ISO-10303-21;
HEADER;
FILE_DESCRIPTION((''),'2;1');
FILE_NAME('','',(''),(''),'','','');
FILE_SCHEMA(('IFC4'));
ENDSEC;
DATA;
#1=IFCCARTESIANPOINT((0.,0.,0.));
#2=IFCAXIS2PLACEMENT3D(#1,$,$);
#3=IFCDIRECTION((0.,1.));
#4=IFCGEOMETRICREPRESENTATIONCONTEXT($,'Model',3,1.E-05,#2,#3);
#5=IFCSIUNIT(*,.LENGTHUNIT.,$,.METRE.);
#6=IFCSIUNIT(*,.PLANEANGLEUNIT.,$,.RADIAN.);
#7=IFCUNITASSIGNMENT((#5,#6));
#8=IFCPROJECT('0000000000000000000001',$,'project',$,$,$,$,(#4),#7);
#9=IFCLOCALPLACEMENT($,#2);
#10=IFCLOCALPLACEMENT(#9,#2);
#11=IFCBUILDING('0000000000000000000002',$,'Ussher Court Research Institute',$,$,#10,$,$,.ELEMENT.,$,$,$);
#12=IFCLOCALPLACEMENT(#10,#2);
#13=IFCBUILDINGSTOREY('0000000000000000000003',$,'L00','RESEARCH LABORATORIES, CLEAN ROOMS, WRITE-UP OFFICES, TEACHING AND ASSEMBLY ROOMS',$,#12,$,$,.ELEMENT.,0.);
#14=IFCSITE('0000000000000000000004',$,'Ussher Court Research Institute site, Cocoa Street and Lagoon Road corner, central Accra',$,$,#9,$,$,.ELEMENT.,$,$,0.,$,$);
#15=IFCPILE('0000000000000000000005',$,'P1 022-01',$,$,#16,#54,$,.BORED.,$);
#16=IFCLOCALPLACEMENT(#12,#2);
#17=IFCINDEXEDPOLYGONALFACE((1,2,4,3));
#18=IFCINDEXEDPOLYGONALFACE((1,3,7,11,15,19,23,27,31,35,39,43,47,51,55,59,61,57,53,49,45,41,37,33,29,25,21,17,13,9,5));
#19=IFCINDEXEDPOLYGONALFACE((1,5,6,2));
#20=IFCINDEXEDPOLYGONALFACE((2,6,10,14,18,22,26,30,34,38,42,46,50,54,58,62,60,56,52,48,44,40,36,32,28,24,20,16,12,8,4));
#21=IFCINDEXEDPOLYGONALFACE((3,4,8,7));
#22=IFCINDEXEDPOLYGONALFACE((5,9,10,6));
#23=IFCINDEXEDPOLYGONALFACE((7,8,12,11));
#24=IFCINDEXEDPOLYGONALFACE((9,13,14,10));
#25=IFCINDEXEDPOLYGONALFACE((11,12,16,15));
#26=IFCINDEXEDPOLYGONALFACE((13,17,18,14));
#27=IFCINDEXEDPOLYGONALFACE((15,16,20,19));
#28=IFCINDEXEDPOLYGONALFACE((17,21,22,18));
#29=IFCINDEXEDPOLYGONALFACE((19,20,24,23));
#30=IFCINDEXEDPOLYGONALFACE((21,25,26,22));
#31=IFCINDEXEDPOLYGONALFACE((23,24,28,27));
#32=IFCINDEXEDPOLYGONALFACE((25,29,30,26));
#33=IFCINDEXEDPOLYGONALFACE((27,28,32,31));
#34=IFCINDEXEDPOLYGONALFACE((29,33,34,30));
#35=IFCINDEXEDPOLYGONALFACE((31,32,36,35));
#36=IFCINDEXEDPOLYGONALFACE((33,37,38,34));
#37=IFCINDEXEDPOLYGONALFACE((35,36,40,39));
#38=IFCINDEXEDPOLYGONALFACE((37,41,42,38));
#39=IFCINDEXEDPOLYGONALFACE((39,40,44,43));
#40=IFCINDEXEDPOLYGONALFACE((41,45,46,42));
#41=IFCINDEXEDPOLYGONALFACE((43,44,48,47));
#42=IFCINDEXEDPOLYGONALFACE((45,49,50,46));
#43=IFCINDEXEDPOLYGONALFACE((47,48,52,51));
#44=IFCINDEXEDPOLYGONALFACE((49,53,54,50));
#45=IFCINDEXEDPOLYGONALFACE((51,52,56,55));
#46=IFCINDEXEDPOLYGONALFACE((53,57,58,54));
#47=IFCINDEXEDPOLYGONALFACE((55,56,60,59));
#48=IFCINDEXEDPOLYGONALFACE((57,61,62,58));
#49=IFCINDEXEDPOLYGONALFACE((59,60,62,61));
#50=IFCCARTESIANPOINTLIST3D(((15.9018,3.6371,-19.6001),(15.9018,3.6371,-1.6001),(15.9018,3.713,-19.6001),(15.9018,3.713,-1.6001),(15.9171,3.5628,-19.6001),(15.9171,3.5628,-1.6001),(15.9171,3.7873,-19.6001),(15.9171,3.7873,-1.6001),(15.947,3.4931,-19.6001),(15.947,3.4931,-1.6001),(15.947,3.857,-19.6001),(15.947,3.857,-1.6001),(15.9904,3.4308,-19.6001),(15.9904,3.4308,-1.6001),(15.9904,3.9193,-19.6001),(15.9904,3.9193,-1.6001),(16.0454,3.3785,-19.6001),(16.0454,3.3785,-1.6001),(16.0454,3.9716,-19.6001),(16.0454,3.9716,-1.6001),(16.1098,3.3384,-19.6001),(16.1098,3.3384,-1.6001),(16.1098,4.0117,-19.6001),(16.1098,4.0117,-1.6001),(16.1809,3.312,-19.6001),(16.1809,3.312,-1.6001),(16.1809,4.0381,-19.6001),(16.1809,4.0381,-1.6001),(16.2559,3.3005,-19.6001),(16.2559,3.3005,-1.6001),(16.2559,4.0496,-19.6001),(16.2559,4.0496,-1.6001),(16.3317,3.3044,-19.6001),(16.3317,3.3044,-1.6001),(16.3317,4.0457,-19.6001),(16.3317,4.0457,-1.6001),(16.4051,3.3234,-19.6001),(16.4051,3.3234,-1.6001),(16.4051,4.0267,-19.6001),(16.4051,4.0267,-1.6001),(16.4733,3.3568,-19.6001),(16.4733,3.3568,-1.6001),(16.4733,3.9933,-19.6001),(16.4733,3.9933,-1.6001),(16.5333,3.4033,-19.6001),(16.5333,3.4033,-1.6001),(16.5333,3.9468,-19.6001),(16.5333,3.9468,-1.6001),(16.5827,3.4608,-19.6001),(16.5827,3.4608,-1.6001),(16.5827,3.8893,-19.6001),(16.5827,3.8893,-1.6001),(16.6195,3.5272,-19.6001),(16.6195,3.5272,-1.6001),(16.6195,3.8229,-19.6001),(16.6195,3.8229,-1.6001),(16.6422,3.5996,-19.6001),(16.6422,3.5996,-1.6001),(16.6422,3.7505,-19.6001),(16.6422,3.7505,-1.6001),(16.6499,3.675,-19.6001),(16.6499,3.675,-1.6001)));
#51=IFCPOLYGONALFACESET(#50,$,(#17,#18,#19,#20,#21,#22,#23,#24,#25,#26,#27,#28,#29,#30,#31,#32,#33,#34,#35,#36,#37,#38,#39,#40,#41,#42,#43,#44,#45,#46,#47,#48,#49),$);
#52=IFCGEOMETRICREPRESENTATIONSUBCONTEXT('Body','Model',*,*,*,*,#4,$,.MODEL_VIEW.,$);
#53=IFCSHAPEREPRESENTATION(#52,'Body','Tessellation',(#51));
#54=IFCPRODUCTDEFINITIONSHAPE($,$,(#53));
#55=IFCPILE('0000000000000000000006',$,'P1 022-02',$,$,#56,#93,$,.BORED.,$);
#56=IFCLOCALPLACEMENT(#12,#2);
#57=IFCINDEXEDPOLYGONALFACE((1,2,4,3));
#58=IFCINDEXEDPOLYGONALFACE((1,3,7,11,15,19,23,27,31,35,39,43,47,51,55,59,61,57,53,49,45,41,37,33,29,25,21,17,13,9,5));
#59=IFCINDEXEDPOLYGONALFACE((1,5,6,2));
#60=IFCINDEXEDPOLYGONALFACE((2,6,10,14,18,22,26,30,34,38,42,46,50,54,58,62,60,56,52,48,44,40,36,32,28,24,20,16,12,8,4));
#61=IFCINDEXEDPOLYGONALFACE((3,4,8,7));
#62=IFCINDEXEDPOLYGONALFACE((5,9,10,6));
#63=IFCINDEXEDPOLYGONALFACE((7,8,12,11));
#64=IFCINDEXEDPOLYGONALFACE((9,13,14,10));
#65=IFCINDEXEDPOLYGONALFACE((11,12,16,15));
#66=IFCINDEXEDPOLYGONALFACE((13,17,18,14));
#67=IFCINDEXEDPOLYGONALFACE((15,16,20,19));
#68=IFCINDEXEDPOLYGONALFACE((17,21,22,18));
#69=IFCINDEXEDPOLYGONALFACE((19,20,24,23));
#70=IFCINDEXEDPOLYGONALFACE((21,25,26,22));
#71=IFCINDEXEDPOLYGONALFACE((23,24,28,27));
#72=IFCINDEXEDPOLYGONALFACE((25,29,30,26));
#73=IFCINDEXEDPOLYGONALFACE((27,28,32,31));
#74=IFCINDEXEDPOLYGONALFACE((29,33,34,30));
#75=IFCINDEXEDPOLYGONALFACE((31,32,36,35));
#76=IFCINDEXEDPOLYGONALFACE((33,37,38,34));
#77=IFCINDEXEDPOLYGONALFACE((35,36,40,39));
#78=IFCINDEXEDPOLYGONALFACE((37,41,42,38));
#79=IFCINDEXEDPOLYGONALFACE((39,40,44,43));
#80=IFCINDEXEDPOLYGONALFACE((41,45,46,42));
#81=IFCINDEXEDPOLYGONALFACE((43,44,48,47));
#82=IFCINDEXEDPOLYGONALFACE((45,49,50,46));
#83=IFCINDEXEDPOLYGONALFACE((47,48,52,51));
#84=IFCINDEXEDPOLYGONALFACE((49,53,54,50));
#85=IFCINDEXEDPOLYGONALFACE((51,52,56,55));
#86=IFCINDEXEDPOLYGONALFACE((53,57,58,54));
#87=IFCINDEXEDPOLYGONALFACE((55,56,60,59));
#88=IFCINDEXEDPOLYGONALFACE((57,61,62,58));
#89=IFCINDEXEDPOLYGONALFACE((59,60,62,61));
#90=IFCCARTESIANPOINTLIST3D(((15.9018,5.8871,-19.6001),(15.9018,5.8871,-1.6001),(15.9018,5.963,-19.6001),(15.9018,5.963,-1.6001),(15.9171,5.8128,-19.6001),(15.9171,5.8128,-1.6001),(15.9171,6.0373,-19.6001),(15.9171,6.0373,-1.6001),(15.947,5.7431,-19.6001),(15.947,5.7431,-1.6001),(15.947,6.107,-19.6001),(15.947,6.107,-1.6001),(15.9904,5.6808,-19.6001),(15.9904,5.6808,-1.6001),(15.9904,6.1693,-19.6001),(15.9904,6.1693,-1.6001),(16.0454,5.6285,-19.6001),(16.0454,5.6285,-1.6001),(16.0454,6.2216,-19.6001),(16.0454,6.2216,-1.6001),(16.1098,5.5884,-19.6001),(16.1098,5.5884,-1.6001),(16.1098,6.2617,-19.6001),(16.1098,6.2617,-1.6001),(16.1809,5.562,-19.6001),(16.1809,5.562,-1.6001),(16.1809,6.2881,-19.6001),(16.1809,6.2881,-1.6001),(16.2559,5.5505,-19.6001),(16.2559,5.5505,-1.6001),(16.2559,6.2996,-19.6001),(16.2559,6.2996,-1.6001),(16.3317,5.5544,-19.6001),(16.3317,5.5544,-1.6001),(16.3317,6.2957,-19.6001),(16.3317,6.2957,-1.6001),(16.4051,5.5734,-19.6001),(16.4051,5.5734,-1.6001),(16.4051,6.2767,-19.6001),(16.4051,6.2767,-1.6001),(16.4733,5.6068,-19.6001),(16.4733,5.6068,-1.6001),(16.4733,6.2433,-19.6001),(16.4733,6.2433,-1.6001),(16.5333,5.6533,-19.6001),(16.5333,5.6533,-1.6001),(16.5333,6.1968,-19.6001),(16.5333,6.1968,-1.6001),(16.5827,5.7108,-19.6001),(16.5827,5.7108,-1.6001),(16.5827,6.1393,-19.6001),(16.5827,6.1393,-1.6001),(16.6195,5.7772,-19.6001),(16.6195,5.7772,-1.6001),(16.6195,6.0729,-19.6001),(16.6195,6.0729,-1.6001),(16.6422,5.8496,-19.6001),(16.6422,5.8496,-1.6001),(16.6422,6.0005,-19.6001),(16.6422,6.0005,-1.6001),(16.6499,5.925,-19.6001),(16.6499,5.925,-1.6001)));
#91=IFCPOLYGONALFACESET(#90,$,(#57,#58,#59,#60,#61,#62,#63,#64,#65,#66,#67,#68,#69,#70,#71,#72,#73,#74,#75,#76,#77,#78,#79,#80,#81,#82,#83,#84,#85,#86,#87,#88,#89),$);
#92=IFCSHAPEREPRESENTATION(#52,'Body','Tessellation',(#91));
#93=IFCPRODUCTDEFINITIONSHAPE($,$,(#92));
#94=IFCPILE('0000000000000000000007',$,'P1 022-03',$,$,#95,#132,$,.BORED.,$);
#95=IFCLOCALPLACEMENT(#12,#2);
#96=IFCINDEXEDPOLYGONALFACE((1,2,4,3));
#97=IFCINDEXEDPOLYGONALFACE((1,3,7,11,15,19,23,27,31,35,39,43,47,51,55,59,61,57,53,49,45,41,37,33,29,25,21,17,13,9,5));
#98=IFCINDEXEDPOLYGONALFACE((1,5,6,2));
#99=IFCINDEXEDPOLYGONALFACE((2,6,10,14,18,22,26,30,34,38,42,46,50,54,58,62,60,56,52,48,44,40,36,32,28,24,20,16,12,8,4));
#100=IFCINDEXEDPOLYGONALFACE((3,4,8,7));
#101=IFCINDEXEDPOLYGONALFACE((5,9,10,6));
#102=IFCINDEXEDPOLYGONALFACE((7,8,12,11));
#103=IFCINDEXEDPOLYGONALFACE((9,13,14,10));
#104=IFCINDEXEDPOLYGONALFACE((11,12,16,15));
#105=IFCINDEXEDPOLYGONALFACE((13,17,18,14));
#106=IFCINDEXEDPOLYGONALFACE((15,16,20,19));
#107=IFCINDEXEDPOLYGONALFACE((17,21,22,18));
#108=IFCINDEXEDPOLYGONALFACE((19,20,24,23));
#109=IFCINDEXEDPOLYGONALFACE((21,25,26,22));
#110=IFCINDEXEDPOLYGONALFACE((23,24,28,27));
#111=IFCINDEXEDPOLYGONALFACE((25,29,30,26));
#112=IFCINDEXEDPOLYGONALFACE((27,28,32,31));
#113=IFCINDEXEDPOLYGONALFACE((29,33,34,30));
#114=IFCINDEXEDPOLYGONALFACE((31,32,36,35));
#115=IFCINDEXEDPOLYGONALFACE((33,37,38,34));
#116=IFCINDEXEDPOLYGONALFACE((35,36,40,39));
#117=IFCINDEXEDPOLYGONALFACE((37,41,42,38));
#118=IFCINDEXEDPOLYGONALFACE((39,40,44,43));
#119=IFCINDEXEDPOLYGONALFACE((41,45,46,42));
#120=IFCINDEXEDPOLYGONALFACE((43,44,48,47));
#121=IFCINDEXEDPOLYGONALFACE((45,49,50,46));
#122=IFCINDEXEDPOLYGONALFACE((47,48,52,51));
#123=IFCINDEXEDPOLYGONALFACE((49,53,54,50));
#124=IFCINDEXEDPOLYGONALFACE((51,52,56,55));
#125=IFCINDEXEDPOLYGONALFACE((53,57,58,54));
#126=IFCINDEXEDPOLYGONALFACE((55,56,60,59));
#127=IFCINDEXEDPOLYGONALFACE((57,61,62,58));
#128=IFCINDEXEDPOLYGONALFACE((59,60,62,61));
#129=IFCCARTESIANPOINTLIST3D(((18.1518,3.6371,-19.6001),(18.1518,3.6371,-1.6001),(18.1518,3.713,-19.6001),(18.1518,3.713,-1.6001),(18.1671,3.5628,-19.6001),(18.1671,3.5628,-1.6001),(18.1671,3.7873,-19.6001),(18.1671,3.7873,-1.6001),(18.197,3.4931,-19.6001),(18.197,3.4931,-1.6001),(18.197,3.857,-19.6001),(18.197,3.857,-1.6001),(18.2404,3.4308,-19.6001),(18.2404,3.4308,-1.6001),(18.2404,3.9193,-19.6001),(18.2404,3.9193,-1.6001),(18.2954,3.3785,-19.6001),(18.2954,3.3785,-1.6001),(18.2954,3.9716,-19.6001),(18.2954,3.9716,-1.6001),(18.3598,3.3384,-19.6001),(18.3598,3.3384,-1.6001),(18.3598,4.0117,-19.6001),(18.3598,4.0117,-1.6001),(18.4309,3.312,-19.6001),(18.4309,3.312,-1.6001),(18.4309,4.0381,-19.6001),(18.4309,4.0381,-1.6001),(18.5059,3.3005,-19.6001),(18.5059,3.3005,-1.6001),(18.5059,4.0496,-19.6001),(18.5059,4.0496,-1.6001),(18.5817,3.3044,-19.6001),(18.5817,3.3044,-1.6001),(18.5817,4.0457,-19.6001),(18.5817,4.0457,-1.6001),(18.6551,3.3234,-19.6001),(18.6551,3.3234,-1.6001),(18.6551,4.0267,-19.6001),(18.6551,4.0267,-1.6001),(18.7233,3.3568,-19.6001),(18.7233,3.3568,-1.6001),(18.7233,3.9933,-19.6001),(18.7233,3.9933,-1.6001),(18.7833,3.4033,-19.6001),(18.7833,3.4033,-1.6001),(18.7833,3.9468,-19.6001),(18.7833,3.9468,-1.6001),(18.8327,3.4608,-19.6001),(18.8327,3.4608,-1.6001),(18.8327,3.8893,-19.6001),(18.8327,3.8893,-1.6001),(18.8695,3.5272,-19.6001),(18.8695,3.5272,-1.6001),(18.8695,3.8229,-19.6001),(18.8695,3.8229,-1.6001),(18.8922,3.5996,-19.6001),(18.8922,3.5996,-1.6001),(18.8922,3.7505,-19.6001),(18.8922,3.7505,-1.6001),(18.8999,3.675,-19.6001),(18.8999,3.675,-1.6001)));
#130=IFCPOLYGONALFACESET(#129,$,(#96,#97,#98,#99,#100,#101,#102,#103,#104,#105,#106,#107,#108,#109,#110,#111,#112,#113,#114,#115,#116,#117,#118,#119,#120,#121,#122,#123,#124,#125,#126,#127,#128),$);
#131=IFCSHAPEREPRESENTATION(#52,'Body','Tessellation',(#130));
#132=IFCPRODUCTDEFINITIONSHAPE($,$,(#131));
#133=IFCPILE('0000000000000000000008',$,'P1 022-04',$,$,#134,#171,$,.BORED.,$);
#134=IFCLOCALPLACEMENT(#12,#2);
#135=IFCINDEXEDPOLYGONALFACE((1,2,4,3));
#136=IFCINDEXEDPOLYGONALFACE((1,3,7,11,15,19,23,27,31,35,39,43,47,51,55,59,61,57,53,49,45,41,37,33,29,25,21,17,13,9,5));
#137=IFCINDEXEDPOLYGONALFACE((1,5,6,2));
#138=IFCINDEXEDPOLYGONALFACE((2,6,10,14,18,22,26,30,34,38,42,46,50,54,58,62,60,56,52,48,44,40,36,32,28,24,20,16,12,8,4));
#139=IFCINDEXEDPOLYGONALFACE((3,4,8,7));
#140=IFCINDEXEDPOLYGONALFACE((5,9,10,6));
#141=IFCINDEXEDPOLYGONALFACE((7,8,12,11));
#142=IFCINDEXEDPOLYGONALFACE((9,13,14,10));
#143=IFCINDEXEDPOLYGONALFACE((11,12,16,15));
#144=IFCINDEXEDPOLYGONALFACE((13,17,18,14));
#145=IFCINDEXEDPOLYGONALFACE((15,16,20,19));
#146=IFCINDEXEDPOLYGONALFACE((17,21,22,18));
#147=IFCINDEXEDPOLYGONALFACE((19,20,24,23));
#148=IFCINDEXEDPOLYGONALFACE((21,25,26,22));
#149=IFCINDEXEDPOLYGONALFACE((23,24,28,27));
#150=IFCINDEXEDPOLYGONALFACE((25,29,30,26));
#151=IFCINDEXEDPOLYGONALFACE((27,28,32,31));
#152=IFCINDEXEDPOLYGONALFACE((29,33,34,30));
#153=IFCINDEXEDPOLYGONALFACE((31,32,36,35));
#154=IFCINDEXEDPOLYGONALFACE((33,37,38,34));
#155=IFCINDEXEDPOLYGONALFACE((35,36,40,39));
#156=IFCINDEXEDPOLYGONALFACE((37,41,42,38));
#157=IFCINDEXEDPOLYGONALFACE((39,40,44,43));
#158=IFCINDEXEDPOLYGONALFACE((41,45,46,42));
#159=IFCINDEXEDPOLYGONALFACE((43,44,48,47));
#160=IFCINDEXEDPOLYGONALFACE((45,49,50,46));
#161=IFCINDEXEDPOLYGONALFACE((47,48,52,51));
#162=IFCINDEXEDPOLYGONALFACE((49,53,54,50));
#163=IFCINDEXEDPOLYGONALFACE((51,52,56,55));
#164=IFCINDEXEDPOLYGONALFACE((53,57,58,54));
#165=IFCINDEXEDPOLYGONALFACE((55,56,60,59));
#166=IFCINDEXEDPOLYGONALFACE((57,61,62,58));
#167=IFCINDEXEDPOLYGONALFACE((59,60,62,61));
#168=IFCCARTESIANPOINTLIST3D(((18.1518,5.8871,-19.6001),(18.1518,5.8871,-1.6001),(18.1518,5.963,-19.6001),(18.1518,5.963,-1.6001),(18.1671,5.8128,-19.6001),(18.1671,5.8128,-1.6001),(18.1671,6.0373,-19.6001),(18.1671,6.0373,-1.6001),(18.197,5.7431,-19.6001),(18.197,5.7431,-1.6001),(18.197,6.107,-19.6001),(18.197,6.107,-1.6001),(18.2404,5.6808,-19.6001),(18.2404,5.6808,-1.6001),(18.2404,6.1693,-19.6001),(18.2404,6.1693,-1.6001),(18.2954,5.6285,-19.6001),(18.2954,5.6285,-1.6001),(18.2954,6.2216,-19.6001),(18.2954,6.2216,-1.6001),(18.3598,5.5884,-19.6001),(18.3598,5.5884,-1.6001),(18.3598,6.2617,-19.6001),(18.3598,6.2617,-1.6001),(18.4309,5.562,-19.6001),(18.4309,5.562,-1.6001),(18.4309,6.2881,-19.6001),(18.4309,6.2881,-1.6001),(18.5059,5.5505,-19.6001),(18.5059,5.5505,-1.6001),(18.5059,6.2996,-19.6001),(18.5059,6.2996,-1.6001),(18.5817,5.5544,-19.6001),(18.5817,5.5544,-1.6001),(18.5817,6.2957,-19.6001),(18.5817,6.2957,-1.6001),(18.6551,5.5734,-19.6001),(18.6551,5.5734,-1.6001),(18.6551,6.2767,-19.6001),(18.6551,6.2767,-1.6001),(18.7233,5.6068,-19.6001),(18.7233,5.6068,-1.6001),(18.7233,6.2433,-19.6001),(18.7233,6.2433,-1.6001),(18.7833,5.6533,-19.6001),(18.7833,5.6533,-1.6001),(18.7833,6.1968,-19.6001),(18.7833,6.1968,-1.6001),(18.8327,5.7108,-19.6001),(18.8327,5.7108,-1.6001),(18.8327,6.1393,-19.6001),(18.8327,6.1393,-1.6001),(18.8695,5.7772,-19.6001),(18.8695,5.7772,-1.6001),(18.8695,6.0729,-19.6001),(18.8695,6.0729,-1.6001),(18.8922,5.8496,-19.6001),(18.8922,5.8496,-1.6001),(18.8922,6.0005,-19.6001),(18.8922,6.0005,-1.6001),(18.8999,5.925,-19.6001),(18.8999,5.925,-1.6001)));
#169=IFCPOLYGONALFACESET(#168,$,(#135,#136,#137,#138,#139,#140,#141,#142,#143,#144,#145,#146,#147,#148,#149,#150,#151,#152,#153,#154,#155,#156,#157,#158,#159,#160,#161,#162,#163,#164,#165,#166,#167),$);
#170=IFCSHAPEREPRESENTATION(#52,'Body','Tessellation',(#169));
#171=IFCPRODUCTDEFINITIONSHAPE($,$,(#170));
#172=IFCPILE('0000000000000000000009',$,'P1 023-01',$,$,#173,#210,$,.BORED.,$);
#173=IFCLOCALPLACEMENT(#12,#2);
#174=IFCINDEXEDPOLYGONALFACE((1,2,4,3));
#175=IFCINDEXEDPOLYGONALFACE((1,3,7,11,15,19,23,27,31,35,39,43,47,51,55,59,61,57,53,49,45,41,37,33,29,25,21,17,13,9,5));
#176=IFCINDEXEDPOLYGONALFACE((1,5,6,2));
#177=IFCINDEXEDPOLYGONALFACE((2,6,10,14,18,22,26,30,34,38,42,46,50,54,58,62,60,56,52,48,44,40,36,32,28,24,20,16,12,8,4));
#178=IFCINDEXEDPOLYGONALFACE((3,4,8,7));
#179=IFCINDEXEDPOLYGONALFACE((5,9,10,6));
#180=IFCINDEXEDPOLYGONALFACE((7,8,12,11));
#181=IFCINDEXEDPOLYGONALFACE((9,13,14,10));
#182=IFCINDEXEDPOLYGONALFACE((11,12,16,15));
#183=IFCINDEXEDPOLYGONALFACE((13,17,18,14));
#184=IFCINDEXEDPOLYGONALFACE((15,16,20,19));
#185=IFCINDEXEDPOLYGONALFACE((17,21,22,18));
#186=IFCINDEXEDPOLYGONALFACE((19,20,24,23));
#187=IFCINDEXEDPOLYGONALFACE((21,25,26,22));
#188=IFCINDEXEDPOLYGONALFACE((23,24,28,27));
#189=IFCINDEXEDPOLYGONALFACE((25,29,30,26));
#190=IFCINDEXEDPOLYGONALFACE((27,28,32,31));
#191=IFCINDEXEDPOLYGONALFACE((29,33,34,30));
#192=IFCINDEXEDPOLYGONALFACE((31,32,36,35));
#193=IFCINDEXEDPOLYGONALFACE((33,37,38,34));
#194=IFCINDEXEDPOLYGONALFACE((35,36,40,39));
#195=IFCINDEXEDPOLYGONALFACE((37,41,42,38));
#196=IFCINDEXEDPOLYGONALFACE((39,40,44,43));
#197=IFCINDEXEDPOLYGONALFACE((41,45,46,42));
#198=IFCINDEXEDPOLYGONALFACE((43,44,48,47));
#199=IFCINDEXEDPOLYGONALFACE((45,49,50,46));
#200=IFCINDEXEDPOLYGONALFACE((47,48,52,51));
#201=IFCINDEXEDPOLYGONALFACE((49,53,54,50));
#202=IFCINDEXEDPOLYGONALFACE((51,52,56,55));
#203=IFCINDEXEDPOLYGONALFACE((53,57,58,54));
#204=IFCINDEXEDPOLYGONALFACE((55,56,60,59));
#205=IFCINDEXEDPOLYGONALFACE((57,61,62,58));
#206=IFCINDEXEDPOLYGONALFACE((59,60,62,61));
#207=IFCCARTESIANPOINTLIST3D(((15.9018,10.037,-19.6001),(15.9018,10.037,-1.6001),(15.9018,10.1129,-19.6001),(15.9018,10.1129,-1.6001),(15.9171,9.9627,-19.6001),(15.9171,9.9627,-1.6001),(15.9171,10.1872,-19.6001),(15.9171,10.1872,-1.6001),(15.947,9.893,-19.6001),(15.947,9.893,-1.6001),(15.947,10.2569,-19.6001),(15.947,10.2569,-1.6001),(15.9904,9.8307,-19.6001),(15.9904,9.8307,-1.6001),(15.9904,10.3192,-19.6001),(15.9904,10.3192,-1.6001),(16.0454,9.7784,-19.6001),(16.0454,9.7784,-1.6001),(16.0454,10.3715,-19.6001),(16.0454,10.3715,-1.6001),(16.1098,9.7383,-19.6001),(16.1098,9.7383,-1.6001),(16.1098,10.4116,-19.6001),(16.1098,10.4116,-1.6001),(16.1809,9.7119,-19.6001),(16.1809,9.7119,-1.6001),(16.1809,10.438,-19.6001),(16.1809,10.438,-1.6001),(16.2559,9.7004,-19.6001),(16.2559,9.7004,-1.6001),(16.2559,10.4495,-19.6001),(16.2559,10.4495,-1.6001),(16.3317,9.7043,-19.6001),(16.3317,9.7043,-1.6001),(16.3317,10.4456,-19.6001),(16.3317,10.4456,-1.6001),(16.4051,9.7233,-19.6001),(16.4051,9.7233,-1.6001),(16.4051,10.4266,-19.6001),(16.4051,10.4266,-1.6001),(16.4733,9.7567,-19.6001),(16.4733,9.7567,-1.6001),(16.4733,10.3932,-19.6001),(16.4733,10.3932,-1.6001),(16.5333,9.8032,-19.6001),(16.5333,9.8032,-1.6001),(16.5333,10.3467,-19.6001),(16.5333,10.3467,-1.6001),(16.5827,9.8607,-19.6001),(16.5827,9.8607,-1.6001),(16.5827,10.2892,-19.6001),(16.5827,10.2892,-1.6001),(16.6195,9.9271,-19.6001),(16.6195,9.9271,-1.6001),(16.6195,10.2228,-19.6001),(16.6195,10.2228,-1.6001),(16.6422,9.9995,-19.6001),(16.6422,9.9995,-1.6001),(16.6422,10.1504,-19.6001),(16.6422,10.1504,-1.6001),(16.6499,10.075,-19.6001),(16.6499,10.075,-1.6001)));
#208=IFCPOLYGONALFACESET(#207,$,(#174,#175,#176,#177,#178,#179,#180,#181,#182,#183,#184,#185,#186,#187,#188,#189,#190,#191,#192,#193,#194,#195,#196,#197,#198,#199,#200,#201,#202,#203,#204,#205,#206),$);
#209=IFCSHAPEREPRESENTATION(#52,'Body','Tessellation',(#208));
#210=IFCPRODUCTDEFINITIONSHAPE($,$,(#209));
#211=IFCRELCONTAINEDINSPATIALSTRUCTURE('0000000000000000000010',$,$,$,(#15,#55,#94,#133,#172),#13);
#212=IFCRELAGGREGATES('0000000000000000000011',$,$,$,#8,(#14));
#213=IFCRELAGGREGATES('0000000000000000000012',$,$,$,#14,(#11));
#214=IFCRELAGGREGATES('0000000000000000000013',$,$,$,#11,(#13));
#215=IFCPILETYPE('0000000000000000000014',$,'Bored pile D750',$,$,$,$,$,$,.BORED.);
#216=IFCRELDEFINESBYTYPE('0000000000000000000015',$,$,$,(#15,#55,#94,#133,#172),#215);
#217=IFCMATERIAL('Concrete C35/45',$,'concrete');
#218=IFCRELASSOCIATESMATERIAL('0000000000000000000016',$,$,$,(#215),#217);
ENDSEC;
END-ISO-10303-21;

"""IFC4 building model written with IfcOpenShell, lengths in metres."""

from ifc_helpers import new_model, si_unit, direction, frame, origin, origin_2d, place, context, subcontext, project, spatial, circle, extrude, material, material_profile, profile_set, type_object, element, save


model = new_model("IFC4")

# Units and contexts
model_context = context("Model", 3, precision=1e-05, world=origin(), true_north=direction((0.0, 1.0)))
body_context = subcontext(model_context, "Body", "Model", "MODEL_VIEW")
ifc_project = project(units=[si_unit("LENGTHUNIT", "METRE"), si_unit("PLANEANGLEUNIT", "RADIAN")], contexts=[model_context])

# Site, building, storey
site_placement = place(None, origin())
site = spatial("IfcSite", under=ifc_project, at=site_placement, Name="Ussher Court Research Institute site, Cocoa Street and Lagoon Road corner, central Accra", CompositionType="ELEMENT", RefElevation=0.0)
building_placement = place(site_placement, origin())
building = spatial("IfcBuilding", under=site, at=building_placement, Name="Ussher Court Research Institute", CompositionType="ELEMENT")
storey_placement = place(building_placement, origin())
storey = spatial("IfcBuildingStorey", under=building, at=storey_placement, Name="L00", Description="RESEARCH LABORATORIES, CLEAN ROOMS, WRITE-UP OFFICES, TEACHING AND ASSEMBLY ROOMS", CompositionType="ELEMENT", Elevation=0.0)

# Piles
ifc_material_1 = material(Name="Concrete C35/45", Category="concrete")
ifc_material_profile_1 = material_profile(ifc_material_1, circle(Radius=0.375, at=origin_2d()), Name="RC D750")
ifc_profile_set_1 = profile_set([ifc_material_profile_1], Name="Concrete C35/45")
pile_type = type_object("IfcPileType", Name="Bored pile D750", PredefinedType="BORED", material=ifc_profile_set_1)
for number, where, z_axis, x_axis, name in (
    (1, (16.2749, 3.675, -1.6001), (0.0, 0.0, -1.0), (1.0, 0.0, 0.0), "P1 022-01"),
    (2, (16.2749, 5.925, -1.6001), (0.0, 0.0, -1.0), (1.0, 0.0, 0.0), "P1 022-02"),
    (3, (18.5249, 3.675, -1.6001), (0.0, 0.0, -1.0), (1.0, 0.0, 0.0), "P1 022-03"),
    (4, (18.5249, 5.925, -1.6001), (0.0, 0.0, -1.0), (1.0, 0.0, 0.0), "P1 022-04"),
    (5, (16.2749, 10.075, -1.6001), (0.0, 0.0, -1.0), (1.0, 0.0, 0.0), "P1 023-01"),
):
    element("IfcPile", number, at=place(storey_placement, frame(where, z_axis=z_axis, x_axis=x_axis)), inside=storey, type_object=pile_type, Name=name, PredefinedType="BORED", context=body_context, shape_type="SweptSolid", body=[
        extrude(circle(Radius=0.375, at=origin_2d()), origin(), (0.0, 0.0, 1.0), 18.0),
    ])

save(model, "model.ifc")
